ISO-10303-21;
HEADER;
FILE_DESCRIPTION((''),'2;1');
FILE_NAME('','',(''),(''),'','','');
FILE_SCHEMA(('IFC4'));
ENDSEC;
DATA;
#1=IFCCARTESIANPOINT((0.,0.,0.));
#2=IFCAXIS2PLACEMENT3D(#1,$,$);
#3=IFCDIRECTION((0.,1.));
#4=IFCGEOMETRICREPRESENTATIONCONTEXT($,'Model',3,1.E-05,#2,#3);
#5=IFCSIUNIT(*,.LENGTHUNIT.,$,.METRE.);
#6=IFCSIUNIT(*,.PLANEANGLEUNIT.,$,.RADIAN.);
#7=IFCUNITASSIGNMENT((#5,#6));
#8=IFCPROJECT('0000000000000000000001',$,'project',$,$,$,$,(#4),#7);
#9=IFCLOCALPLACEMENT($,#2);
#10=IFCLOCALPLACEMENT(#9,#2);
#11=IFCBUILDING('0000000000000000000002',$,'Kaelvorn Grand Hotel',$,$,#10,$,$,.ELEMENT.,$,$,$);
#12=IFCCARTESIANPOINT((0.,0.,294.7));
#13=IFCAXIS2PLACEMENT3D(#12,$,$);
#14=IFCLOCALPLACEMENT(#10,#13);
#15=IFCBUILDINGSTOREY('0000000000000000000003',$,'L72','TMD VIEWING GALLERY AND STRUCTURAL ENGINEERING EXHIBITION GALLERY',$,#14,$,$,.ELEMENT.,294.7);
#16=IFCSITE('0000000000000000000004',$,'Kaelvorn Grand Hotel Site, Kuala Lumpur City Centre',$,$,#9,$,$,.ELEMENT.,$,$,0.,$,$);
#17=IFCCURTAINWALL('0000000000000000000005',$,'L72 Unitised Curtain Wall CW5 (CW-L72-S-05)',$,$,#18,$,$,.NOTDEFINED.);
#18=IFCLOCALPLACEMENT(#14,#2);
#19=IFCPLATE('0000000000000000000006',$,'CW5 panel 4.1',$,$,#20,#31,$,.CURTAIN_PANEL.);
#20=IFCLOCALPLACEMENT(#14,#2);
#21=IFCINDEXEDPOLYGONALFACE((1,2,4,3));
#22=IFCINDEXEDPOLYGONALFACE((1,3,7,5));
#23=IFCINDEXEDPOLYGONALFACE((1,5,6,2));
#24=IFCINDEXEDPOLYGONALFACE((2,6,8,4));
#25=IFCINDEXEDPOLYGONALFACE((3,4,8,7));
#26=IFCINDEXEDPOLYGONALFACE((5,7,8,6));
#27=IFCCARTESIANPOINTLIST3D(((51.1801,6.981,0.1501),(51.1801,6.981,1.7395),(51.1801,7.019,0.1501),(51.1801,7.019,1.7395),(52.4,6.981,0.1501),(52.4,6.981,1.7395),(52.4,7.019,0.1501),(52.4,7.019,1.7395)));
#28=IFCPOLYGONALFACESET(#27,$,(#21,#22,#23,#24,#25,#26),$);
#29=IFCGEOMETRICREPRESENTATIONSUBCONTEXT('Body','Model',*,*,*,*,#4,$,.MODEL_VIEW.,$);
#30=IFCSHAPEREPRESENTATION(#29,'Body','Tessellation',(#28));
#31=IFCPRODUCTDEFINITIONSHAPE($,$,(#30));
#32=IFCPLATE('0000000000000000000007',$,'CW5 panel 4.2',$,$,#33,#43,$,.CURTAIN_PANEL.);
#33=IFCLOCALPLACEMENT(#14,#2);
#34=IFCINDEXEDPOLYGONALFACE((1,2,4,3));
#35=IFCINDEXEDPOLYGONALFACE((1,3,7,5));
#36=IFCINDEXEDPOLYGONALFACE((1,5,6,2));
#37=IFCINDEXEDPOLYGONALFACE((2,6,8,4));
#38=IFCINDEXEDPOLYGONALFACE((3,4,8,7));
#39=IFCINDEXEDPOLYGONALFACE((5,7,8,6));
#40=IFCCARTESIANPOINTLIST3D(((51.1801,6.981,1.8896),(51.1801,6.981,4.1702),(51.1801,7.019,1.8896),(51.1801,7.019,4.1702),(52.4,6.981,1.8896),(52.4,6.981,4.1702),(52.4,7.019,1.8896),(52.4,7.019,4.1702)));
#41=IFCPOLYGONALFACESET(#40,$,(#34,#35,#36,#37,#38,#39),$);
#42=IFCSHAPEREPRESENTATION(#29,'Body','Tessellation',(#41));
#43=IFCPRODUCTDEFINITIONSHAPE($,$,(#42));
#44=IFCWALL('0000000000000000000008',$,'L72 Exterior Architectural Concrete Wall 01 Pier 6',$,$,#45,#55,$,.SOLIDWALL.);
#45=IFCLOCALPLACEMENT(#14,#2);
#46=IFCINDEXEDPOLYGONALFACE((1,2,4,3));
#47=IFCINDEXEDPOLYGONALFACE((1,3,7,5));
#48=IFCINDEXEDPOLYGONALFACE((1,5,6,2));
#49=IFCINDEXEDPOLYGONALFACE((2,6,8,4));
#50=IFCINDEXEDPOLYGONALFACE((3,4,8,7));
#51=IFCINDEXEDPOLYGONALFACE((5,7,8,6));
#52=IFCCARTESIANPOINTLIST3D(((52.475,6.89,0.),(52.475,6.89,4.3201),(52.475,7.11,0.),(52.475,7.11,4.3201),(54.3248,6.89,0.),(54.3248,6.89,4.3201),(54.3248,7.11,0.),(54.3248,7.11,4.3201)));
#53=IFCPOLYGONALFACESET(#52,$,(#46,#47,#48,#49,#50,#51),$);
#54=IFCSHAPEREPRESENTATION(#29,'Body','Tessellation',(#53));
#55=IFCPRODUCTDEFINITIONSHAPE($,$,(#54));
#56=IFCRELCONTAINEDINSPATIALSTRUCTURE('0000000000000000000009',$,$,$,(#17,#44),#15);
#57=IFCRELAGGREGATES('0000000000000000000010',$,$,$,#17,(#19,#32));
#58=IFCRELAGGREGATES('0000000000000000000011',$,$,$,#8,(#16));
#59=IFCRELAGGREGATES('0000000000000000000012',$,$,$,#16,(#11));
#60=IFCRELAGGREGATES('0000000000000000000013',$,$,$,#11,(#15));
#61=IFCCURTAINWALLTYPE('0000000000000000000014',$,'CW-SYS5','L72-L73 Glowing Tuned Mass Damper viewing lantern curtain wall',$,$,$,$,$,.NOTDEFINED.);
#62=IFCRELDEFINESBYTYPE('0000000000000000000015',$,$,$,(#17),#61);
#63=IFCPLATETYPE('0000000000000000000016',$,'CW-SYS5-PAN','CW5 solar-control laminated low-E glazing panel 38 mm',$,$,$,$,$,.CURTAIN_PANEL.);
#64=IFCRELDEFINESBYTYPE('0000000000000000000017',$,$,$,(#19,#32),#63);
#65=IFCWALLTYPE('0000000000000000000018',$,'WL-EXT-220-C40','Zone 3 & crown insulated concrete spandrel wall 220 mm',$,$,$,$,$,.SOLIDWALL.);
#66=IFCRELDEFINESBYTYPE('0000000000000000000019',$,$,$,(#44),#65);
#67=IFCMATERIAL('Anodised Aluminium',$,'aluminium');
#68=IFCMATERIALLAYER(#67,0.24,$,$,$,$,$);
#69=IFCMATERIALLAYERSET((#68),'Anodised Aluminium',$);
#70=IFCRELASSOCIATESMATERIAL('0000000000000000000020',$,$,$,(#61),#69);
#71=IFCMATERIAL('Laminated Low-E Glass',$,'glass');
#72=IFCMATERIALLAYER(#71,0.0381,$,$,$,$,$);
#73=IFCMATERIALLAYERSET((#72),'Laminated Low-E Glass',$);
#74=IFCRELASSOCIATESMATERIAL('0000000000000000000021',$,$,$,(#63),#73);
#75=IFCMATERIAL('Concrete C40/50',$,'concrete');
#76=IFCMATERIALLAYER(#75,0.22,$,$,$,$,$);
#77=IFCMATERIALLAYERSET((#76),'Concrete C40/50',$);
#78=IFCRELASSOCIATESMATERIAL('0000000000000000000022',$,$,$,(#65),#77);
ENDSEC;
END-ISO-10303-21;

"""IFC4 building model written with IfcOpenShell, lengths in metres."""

from ifc_helpers import new_model, si_unit, direction, frame, frame_2d, origin, origin_2d, place, context, subcontext, project, spatial, rectangle, extrude, material, layer, layer_set, type_object, element, aggregate, save


model = new_model("IFC4")

# Units and contexts
model_context = context("Model", 3, precision=1e-05, world=origin(), true_north=direction((0.0, 1.0)))
body_context = subcontext(model_context, "Body", "Model", "MODEL_VIEW")
ifc_project = project(units=[si_unit("LENGTHUNIT", "METRE"), si_unit("PLANEANGLEUNIT", "RADIAN")], contexts=[model_context])

# Site, building, storey
site_placement = place(None, origin())
site = spatial("IfcSite", under=ifc_project, at=site_placement, Name="Kaelvorn Grand Hotel Site, Kuala Lumpur City Centre", CompositionType="ELEMENT", RefElevation=0.0)
building_placement = place(site_placement, origin())
building = spatial("IfcBuilding", under=site, at=building_placement, Name="Kaelvorn Grand Hotel", CompositionType="ELEMENT")
storey_placement = place(building_placement, frame((0.0, 0.0, 294.7)))
storey = spatial("IfcBuildingStorey", under=building, at=storey_placement, Name="L72", Description="TMD VIEWING GALLERY AND STRUCTURAL ENGINEERING EXHIBITION GALLERY", CompositionType="ELEMENT", Elevation=294.7)

# Curtain wall, plates
ifc_material_1 = material(Name="Anodised Aluminium", Category="aluminium")
ifc_layer_1 = layer(ifc_material_1, 0.24)
ifc_layer_set_1 = layer_set([ifc_layer_1], Name="Anodised Aluminium")
curtain_wall_type = type_object("IfcCurtainWallType", Name="CW-SYS5", Description="L72-L73 Glowing Tuned Mass Damper viewing lantern curtain wall", PredefinedType="NOTDEFINED", material=ifc_layer_set_1)
curtain_wall_placement = place(storey_placement, origin())
curtain_wall = element("IfcCurtainWall", 1, at=curtain_wall_placement, inside=storey, type_object=curtain_wall_type, Name="L72 Unitised Curtain Wall CW5 (CW-L72-S-05)", PredefinedType="NOTDEFINED")
ifc_material_2 = material(Name="Laminated Low-E Glass", Category="glass")
ifc_layer_2 = layer(ifc_material_2, 0.0381)
ifc_layer_set_2 = layer_set([ifc_layer_2], Name="Laminated Low-E Glass")
plate_type = type_object("IfcPlateType", Name="CW-SYS5-PAN", Description="CW5 solar-control laminated low-E glazing panel 38 mm", PredefinedType="CURTAIN_PANEL", material=ifc_layer_set_2)
plate_1_placement = place(storey_placement, frame((51.79, 7.0, 0.1501), z_axis=(0.0, 0.0, 1.0), x_axis=(1.0, 0.0, 0.0)))
plate_1 = element("IfcPlate", 2, at=plate_1_placement, type_object=plate_type, Name="CW5 panel 4.1", PredefinedType="CURTAIN_PANEL", context=body_context, shape_type="SweptSolid", body=[
    extrude(rectangle(XDim=1.22, YDim=0.0381, at=origin_2d()), origin(), (0.0, 0.0, 1.0), 1.5894),
])
plate_2_placement = place(storey_placement, frame((51.79, 7.0, 1.8896), z_axis=(0.0, 0.0, 1.0), x_axis=(1.0, 0.0, 0.0)))
plate_2 = element("IfcPlate", 3, at=plate_2_placement, type_object=plate_type, Name="CW5 panel 4.2", PredefinedType="CURTAIN_PANEL", context=body_context, shape_type="SweptSolid", body=[
    extrude(rectangle(XDim=1.22, YDim=0.0381, at=origin_2d()), origin(), (0.0, 0.0, 1.0), 2.2805),
])
aggregate(curtain_wall, [plate_1, plate_2])

# Wall
ifc_material_3 = material(Name="Concrete C40/50", Category="concrete")
ifc_layer_3 = layer(ifc_material_3, 0.22)
ifc_layer_set_3 = layer_set([ifc_layer_3], Name="Concrete C40/50")
wall_type = type_object("IfcWallType", Name="WL-EXT-220-C40", Description="Zone 3 & crown insulated concrete spandrel wall 220 mm", PredefinedType="SOLIDWALL", material=ifc_layer_set_3)
wall_placement = place(storey_placement, frame((52.4751, 7.0, 0.0), z_axis=(0.0, 0.0, 1.0), x_axis=(1.0, 0.0, 0.0)))
element("IfcWall", 4, at=wall_placement, inside=storey, type_object=wall_type, Name="L72 Exterior Architectural Concrete Wall 01 Pier 6", PredefinedType="SOLIDWALL", context=body_context, shape_type="SweptSolid", body=[
    extrude(rectangle(XDim=1.8499, YDim=0.22, at=frame_2d((0.9248, 0.0))), origin(), (0.0, 0.0, 1.0), 4.3201),
])

save(model, "model.ifc")
